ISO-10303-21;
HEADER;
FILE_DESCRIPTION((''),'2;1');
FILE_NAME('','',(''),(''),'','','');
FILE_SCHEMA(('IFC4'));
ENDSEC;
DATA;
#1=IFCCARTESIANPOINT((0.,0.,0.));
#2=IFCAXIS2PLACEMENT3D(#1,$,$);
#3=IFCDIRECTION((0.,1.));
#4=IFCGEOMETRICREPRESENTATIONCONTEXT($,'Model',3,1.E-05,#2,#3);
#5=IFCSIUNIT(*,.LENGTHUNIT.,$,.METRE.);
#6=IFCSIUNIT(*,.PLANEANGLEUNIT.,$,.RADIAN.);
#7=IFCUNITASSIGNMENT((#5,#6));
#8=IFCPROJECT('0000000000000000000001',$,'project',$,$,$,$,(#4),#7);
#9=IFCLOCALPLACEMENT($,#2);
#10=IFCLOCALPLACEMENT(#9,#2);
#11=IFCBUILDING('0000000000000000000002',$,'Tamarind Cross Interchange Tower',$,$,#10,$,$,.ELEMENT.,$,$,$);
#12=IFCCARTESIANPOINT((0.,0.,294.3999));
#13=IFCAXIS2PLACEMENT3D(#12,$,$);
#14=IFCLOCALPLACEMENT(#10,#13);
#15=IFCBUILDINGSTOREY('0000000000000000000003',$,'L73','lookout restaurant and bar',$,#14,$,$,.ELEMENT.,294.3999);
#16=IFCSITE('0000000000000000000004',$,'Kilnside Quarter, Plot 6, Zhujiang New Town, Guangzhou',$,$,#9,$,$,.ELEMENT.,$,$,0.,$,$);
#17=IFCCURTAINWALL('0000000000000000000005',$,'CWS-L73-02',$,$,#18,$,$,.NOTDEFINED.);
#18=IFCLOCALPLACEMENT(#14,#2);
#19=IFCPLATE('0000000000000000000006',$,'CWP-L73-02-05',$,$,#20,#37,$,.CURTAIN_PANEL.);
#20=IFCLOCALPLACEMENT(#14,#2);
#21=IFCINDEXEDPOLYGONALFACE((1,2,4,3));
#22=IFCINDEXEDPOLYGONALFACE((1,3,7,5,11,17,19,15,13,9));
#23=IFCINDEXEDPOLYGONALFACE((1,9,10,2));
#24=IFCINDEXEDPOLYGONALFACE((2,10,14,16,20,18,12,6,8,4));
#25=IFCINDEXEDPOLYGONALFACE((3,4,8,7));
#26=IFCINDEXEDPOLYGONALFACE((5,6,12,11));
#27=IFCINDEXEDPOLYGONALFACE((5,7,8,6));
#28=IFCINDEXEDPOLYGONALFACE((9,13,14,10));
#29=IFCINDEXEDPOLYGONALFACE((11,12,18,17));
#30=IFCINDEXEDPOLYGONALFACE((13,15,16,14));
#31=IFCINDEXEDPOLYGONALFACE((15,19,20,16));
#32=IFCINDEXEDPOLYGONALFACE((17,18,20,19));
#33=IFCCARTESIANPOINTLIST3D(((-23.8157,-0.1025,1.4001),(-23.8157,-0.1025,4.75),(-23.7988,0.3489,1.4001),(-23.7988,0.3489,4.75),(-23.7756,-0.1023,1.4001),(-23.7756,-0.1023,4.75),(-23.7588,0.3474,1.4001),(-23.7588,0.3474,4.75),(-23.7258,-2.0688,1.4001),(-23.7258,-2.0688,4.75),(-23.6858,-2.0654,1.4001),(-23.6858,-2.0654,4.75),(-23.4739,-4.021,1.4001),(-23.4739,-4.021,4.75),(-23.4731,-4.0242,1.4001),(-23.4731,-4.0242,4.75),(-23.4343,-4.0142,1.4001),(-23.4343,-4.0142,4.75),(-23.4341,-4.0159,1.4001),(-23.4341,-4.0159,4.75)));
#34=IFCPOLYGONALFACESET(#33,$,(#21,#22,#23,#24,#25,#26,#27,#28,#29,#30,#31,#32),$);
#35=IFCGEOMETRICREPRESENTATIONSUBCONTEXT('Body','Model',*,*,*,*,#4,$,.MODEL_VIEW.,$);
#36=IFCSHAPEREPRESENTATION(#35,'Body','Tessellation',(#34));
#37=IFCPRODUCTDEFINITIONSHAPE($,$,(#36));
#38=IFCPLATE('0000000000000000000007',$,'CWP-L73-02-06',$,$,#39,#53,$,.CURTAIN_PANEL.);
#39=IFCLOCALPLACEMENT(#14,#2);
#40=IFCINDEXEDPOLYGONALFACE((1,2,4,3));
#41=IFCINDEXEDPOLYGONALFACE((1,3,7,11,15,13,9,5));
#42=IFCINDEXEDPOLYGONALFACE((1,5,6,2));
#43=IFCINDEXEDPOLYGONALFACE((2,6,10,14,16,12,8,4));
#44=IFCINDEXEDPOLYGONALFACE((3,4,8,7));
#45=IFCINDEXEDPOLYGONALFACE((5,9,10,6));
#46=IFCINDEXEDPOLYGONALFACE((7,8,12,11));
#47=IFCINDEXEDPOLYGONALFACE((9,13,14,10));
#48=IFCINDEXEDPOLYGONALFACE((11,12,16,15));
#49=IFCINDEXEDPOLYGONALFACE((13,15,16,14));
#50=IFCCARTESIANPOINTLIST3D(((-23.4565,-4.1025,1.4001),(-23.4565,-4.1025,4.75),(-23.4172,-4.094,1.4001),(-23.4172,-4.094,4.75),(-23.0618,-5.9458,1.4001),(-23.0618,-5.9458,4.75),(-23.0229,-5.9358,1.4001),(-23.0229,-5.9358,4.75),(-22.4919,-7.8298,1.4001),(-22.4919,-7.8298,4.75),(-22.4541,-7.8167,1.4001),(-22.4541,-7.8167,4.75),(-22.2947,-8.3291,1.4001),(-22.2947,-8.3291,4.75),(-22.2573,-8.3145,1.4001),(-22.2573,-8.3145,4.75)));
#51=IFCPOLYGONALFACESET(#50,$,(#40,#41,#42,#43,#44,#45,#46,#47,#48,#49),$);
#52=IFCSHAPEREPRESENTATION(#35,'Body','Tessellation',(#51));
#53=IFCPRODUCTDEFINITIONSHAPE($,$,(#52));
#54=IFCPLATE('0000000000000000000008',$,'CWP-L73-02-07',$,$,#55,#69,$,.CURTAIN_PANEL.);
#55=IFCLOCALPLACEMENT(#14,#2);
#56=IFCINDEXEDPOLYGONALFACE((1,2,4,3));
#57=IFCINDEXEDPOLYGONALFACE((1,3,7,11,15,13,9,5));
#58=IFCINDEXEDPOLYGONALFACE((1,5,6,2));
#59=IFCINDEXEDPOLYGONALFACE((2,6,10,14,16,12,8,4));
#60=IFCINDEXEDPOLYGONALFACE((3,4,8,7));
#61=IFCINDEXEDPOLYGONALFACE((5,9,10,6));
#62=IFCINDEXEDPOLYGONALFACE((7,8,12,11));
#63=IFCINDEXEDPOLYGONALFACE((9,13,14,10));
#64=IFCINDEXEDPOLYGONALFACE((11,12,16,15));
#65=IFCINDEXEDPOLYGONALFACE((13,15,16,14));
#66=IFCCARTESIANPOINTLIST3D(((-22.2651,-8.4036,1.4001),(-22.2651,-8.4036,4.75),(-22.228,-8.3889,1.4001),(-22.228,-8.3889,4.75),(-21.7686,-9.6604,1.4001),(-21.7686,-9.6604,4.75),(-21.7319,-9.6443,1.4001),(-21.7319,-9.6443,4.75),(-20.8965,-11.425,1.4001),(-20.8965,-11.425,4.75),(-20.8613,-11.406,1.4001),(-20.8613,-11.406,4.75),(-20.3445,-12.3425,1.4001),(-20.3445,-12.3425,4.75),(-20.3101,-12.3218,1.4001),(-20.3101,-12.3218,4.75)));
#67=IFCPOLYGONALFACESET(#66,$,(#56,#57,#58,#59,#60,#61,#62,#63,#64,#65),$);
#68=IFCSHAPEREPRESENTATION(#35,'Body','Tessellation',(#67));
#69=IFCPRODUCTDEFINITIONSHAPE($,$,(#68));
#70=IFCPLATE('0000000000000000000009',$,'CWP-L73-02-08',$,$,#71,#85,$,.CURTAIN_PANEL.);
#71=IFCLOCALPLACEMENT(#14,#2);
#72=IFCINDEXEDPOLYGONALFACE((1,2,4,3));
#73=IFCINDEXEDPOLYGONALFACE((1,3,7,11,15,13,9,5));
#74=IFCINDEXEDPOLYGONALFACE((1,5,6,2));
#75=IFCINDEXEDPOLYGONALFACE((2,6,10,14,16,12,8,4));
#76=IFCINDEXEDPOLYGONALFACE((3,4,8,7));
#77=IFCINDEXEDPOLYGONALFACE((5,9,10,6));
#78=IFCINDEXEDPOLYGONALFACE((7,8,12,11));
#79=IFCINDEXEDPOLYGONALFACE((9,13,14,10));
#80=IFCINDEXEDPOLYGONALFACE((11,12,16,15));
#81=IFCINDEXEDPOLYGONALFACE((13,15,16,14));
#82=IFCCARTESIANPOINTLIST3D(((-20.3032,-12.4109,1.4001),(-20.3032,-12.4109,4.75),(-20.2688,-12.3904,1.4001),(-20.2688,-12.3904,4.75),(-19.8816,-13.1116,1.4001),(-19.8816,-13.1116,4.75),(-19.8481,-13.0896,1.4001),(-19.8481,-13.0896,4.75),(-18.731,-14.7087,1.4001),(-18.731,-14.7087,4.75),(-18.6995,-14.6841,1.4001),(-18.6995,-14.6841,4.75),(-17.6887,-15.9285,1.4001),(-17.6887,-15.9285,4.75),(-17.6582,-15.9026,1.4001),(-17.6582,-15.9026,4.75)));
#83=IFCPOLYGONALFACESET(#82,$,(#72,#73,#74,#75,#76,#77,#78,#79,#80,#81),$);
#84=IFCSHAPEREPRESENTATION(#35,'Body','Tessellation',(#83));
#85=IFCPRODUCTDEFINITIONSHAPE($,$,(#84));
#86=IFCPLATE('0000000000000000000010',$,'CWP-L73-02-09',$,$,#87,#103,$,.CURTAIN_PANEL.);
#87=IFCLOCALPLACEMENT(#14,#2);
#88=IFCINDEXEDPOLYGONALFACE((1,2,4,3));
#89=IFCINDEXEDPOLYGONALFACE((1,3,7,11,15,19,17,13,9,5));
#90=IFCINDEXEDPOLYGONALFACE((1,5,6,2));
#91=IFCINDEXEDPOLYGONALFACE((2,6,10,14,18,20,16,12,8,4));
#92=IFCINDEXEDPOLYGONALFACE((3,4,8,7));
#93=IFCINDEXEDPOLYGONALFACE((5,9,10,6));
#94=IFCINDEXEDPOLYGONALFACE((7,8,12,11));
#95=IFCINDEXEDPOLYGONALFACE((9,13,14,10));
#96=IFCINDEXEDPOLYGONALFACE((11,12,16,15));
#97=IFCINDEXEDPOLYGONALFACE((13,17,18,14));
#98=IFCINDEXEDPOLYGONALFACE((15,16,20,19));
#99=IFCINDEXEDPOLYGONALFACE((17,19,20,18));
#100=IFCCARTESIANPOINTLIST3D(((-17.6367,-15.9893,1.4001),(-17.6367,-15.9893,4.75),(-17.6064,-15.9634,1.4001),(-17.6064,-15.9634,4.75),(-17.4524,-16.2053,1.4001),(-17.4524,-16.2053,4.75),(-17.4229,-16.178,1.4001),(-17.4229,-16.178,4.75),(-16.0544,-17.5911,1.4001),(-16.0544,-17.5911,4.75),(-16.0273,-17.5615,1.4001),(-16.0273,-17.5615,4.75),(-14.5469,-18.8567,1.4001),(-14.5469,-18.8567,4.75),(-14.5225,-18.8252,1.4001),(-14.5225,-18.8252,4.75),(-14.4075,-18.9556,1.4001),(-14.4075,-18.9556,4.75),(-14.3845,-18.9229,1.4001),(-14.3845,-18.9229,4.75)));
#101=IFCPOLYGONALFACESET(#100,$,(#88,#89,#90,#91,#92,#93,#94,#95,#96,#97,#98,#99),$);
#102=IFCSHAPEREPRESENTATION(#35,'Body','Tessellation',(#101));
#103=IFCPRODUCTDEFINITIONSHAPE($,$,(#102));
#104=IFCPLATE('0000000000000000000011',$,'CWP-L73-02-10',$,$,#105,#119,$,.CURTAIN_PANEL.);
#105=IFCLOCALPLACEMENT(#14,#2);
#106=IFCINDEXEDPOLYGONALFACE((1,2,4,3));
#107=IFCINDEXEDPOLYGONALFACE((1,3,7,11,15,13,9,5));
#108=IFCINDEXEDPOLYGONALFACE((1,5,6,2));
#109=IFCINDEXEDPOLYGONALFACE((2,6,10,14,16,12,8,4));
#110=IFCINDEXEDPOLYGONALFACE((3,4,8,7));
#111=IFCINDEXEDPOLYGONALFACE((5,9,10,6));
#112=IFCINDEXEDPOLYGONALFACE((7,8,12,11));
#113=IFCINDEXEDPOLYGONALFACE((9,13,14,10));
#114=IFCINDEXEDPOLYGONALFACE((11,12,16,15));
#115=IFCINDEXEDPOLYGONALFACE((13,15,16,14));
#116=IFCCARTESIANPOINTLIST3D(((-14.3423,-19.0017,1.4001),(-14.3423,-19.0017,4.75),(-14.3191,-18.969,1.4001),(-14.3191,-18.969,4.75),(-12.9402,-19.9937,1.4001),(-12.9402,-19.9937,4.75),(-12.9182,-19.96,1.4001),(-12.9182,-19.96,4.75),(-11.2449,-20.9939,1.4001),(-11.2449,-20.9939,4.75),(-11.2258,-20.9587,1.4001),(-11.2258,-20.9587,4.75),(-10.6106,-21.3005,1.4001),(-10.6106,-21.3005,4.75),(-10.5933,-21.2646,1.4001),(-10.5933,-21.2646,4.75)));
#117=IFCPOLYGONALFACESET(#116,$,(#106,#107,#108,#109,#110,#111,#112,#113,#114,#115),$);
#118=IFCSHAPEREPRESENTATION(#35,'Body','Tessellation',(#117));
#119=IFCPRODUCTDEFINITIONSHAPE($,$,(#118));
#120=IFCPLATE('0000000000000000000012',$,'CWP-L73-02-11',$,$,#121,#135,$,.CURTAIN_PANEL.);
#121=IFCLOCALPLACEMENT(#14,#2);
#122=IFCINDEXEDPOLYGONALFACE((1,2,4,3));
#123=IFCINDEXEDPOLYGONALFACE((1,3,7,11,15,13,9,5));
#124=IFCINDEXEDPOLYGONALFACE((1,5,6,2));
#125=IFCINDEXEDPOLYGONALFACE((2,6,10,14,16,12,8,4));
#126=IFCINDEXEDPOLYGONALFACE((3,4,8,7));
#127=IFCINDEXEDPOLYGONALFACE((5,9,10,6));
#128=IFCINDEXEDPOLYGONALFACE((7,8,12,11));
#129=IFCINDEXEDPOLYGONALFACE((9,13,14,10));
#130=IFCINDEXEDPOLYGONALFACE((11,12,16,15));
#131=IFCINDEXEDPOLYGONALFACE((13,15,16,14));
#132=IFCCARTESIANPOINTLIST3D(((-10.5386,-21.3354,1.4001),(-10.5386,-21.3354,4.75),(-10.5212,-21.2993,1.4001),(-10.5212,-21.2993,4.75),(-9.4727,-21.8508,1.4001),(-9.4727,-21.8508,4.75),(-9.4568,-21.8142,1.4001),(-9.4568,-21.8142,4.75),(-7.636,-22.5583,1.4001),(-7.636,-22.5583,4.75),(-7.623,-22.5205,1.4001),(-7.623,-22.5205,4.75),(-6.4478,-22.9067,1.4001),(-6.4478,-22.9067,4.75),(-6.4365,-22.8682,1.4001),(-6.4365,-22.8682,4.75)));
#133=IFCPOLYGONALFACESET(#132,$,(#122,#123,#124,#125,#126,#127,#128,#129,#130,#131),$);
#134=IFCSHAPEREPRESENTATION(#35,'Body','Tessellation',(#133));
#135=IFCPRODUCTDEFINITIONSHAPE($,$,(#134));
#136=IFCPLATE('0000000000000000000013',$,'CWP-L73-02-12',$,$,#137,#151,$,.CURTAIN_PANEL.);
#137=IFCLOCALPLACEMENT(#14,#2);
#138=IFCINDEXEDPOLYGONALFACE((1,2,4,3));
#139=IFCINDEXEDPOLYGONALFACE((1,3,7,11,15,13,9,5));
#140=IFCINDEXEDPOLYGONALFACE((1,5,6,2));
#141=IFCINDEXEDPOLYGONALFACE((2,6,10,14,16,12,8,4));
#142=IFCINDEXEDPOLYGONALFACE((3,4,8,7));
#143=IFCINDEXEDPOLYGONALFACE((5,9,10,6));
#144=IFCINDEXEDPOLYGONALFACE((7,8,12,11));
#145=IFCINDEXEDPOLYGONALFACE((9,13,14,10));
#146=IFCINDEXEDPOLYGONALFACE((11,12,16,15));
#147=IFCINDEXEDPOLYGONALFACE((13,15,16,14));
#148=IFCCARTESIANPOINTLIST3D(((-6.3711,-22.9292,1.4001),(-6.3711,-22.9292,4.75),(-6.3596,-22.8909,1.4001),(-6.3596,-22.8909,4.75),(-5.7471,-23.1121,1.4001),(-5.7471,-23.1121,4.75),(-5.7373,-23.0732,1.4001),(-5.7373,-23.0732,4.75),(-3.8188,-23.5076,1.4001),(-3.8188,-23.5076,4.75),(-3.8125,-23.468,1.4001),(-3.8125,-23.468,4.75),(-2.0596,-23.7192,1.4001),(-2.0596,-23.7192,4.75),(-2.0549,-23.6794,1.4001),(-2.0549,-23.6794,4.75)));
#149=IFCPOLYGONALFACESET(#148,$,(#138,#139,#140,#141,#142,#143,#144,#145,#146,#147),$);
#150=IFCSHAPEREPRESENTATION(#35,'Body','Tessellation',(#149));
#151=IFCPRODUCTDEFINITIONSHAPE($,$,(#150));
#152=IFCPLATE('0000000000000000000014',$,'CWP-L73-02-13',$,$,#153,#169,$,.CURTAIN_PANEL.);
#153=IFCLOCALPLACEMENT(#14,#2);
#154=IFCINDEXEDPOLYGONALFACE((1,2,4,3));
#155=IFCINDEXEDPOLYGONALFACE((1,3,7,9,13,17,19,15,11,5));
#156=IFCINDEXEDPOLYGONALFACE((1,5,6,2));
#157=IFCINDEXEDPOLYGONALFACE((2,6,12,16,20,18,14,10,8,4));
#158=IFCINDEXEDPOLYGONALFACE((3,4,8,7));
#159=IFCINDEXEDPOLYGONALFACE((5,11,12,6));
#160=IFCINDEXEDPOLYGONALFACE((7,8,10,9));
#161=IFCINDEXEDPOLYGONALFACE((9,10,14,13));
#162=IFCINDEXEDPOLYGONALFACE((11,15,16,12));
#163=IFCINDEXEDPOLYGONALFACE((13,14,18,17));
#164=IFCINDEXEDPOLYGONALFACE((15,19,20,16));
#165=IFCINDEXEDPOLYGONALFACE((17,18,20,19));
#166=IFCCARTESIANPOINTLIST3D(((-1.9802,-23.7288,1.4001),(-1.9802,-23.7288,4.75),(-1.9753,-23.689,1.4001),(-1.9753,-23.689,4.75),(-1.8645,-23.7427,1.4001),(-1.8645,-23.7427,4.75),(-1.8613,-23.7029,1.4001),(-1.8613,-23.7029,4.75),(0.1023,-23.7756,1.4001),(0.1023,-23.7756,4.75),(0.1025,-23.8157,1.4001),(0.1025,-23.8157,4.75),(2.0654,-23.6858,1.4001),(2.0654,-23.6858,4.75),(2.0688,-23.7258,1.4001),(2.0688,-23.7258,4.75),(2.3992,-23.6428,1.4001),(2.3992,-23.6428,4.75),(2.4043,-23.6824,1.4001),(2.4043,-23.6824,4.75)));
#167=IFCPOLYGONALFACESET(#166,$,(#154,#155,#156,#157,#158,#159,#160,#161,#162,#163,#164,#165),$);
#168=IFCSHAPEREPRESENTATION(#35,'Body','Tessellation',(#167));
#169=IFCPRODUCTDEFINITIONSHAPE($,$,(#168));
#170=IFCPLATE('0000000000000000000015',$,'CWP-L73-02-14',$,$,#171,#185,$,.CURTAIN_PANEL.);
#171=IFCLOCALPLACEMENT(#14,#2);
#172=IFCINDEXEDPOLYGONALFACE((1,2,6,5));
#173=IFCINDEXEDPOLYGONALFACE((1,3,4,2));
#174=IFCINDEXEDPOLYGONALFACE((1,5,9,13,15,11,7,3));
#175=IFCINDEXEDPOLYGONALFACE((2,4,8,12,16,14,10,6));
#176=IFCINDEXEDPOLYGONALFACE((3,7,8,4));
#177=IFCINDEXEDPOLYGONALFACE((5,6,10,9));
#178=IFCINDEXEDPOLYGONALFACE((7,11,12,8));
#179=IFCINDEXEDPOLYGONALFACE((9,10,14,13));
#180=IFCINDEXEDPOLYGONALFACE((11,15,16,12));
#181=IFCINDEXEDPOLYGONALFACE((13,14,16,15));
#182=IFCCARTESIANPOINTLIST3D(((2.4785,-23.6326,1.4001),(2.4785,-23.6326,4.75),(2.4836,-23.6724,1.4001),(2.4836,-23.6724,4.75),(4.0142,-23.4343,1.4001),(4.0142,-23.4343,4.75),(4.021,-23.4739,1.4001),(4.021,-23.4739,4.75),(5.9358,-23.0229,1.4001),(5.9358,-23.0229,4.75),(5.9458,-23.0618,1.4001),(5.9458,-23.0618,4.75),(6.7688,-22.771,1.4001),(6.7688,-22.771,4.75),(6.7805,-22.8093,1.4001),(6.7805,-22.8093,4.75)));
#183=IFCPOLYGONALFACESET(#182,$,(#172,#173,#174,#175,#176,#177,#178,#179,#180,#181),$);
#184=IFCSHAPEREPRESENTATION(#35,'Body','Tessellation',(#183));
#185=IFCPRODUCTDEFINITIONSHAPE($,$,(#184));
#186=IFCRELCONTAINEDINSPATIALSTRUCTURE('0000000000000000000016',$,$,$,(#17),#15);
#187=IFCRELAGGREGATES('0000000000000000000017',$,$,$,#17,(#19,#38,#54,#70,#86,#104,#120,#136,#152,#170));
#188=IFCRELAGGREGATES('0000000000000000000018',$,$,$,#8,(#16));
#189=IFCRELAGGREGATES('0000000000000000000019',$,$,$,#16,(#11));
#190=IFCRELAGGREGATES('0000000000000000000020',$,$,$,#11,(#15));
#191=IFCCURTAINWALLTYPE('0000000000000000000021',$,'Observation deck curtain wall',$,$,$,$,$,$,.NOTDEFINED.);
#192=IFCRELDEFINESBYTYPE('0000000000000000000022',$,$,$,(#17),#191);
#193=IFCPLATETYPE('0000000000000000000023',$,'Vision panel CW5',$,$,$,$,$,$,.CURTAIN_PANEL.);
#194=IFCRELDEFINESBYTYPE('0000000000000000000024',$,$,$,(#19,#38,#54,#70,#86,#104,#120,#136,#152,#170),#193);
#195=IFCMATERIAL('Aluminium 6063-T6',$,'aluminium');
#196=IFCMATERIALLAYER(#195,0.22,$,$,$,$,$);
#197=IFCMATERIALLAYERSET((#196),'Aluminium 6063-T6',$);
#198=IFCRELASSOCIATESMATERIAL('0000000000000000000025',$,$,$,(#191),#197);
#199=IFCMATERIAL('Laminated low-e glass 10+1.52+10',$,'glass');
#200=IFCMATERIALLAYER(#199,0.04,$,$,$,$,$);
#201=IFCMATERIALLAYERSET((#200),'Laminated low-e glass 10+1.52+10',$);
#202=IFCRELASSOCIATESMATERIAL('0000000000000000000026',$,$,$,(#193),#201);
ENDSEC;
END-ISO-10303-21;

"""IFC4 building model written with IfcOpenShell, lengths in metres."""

from ifc_helpers import new_model, si_unit, direction, frame, origin, place, context, subcontext, project, spatial, polyline, outline, extrude, material, layer, layer_set, type_object, element, aggregate, save


model = new_model("IFC4")

# Units and contexts
model_context = context("Model", 3, precision=1e-05, world=origin(), true_north=direction((0.0, 1.0)))
body_context = subcontext(model_context, "Body", "Model", "MODEL_VIEW")
ifc_project = project(units=[si_unit("LENGTHUNIT", "METRE"), si_unit("PLANEANGLEUNIT", "RADIAN")], contexts=[model_context])

# Site, building, storey
site_placement = place(None, origin())
site = spatial("IfcSite", under=ifc_project, at=site_placement, Name="Kilnside Quarter, Plot 6, Zhujiang New Town, Guangzhou", CompositionType="ELEMENT", RefElevation=0.0)
building_placement = place(site_placement, origin())
building = spatial("IfcBuilding", under=site, at=building_placement, Name="Tamarind Cross Interchange Tower", CompositionType="ELEMENT")
storey_placement = place(building_placement, frame((0.0, 0.0, 294.3999)))
storey = spatial("IfcBuildingStorey", under=building, at=storey_placement, Name="L73", Description="lookout restaurant and bar", CompositionType="ELEMENT", Elevation=294.3999)

# Curtain wall, plates
ifc_material_1 = material(Name="Aluminium 6063-T6", Category="aluminium")
ifc_layer_1 = layer(ifc_material_1, 0.22)
ifc_layer_set_1 = layer_set([ifc_layer_1], Name="Aluminium 6063-T6")
curtain_wall_type = type_object("IfcCurtainWallType", Name="Observation deck curtain wall", PredefinedType="NOTDEFINED", material=ifc_layer_set_1)
curtain_wall_placement = place(storey_placement, origin())
curtain_wall = element("IfcCurtainWall", 1, at=curtain_wall_placement, inside=storey, type_object=curtain_wall_type, Name="CWS-L73-02", PredefinedType="NOTDEFINED")
ifc_material_2 = material(Name="Laminated low-e glass 10+1.52+10", Category="glass")
ifc_layer_2 = layer(ifc_material_2, 0.04)
ifc_layer_set_2 = layer_set([ifc_layer_2], Name="Laminated low-e glass 10+1.52+10")
plate_type = type_object("IfcPlateType", Name="Vision panel CW5", PredefinedType="CURTAIN_PANEL", material=ifc_layer_set_2)
plate_1_placement = place(storey_placement, frame((0.0, 0.0, 1.4001)))
plate_1 = element("IfcPlate", 2, at=plate_1_placement, type_object=plate_type, Name="CWP-L73-02-05", PredefinedType="CURTAIN_PANEL", context=body_context, shape_type="SweptSolid", body=[
    extrude(outline(polyline([(-23.7588, 0.3474), (-23.7756, -0.1023), (-23.6858, -2.0654), (-23.4343, -4.0142), (-23.4341, -4.0159), (-23.4731, -4.0242), (-23.4739, -4.021), (-23.7258, -2.0688), (-23.8157, -0.1025), (-23.7988, 0.3489), (-23.7588, 0.3474)])), origin(), (0.0, 0.0, 1.0), 3.3499),
])
plate_2_placement = place(storey_placement, frame((0.0, 0.0, 1.4001)))
plate_2 = element("IfcPlate", 3, at=plate_2_placement, type_object=plate_type, Name="CWP-L73-02-06", PredefinedType="CURTAIN_PANEL", context=body_context, shape_type="SweptSolid", body=[
    extrude(outline(polyline([(-23.4172, -4.094), (-23.0229, -5.9358), (-22.4541, -7.8167), (-22.2573, -8.3145), (-22.2947, -8.3291), (-22.4919, -7.8298), (-23.0618, -5.9458), (-23.4565, -4.1025), (-23.4172, -4.094)])), origin(), (0.0, 0.0, 1.0), 3.3499),
])
plate_3_placement = place(storey_placement, frame((0.0, 0.0, 1.4001)))
plate_3 = element("IfcPlate", 4, at=plate_3_placement, type_object=plate_type, Name="CWP-L73-02-07", PredefinedType="CURTAIN_PANEL", context=body_context, shape_type="SweptSolid", body=[
    extrude(outline(polyline([(-22.228, -8.3889), (-21.7319, -9.6443), (-20.8613, -11.406), (-20.3101, -12.3218), (-20.3445, -12.3425), (-20.8965, -11.425), (-21.7686, -9.6604), (-22.2651, -8.4036), (-22.228, -8.3889)])), origin(), (0.0, 0.0, 1.0), 3.3499),
])
plate_4_placement = place(storey_placement, frame((0.0, 0.0, 1.4001)))
plate_4 = element("IfcPlate", 5, at=plate_4_placement, type_object=plate_type, Name="CWP-L73-02-08", PredefinedType="CURTAIN_PANEL", context=body_context, shape_type="SweptSolid", body=[
    extrude(outline(polyline([(-20.2688, -12.3904), (-19.8481, -13.0896), (-18.6995, -14.6841), (-17.6582, -15.9026), (-17.6887, -15.9285), (-18.731, -14.7087), (-19.8816, -13.1116), (-20.3032, -12.4109), (-20.2688, -12.3904)])), origin(), (0.0, 0.0, 1.0), 3.3499),
])
plate_5_placement = place(storey_placement, frame((0.0, 0.0, 1.4001)))
plate_5 = element("IfcPlate", 6, at=plate_5_placement, type_object=plate_type, Name="CWP-L73-02-09", PredefinedType="CURTAIN_PANEL", context=body_context, shape_type="SweptSolid", body=[
    extrude(outline(polyline([(-17.6064, -15.9634), (-17.4229, -16.178), (-16.0273, -17.5615), (-14.5225, -18.8252), (-14.3845, -18.9229), (-14.4075, -18.9556), (-14.5469, -18.8567), (-16.0544, -17.5911), (-17.4524, -16.2053), (-17.6367, -15.9893), (-17.6064, -15.9634)])), origin(), (0.0, 0.0, 1.0), 3.3499),
])
plate_6_placement = place(storey_placement, frame((0.0, 0.0, 1.4001)))
plate_6 = element("IfcPlate", 7, at=plate_6_placement, type_object=plate_type, Name="CWP-L73-02-10", PredefinedType="CURTAIN_PANEL", context=body_context, shape_type="SweptSolid", body=[
    extrude(outline(polyline([(-14.3191, -18.969), (-12.9182, -19.96), (-11.2258, -20.9587), (-10.5933, -21.2646), (-10.6106, -21.3005), (-11.2449, -20.9939), (-12.9402, -19.9937), (-14.3423, -19.0017), (-14.3191, -18.969)])), origin(), (0.0, 0.0, 1.0), 3.3499),
])
plate_7_placement = place(storey_placement, frame((0.0, 0.0, 1.4001)))
plate_7 = element("IfcPlate", 8, at=plate_7_placement, type_object=plate_type, Name="CWP-L73-02-11", PredefinedType="CURTAIN_PANEL", context=body_context, shape_type="SweptSolid", body=[
    extrude(outline(polyline([(-10.5212, -21.2993), (-9.4568, -21.8142), (-7.623, -22.5205), (-6.4365, -22.8682), (-6.4478, -22.9067), (-7.636, -22.5583), (-9.4727, -21.8508), (-10.5386, -21.3354), (-10.5212, -21.2993)])), origin(), (0.0, 0.0, 1.0), 3.3499),
])
plate_8_placement = place(storey_placement, frame((0.0, 0.0, 1.4001)))
plate_8 = element("IfcPlate", 9, at=plate_8_placement, type_object=plate_type, Name="CWP-L73-02-12", PredefinedType="CURTAIN_PANEL", context=body_context, shape_type="SweptSolid", body=[
    extrude(outline(polyline([(-6.3596, -22.8909), (-5.7373, -23.0732), (-3.8125, -23.468), (-2.0549, -23.6794), (-2.0596, -23.7192), (-3.8188, -23.5076), (-5.7471, -23.1121), (-6.3711, -22.9292), (-6.3596, -22.8909)])), origin(), (0.0, 0.0, 1.0), 3.3499),
])
plate_9_placement = place(storey_placement, frame((0.0, 0.0, 1.4001)))
plate_9 = element("IfcPlate", 10, at=plate_9_placement, type_object=plate_type, Name="CWP-L73-02-13", PredefinedType="CURTAIN_PANEL", context=body_context, shape_type="SweptSolid", body=[
    extrude(outline(polyline([(-1.9753, -23.689), (-1.8613, -23.7029), (0.1023, -23.7756), (2.0654, -23.6858), (2.3992, -23.6428), (2.4043, -23.6824), (2.0688, -23.7258), (0.1025, -23.8157), (-1.8645, -23.7427), (-1.9802, -23.7288), (-1.9753, -23.689)])), origin(), (0.0, 0.0, 1.0), 3.3499),
])
plate_10_placement = place(storey_placement, frame((0.0, 0.0, 1.4001)))
plate_10 = element("IfcPlate", 11, at=plate_10_placement, type_object=plate_type, Name="CWP-L73-02-14", PredefinedType="CURTAIN_PANEL", context=body_context, shape_type="SweptSolid", body=[
    extrude(outline(polyline([(2.4785, -23.6326), (4.0142, -23.4343), (5.9358, -23.0229), (6.7688, -22.771), (6.7805, -22.8093), (5.9458, -23.0618), (4.021, -23.4739), (2.4836, -23.6724), (2.4785, -23.6326)])), origin(), (0.0, 0.0, 1.0), 3.3499),
])
aggregate(curtain_wall, [plate_1, plate_2, plate_3, plate_4, plate_5, plate_6, plate_7, plate_8, plate_9, plate_10])

save(model, "model.ifc")
